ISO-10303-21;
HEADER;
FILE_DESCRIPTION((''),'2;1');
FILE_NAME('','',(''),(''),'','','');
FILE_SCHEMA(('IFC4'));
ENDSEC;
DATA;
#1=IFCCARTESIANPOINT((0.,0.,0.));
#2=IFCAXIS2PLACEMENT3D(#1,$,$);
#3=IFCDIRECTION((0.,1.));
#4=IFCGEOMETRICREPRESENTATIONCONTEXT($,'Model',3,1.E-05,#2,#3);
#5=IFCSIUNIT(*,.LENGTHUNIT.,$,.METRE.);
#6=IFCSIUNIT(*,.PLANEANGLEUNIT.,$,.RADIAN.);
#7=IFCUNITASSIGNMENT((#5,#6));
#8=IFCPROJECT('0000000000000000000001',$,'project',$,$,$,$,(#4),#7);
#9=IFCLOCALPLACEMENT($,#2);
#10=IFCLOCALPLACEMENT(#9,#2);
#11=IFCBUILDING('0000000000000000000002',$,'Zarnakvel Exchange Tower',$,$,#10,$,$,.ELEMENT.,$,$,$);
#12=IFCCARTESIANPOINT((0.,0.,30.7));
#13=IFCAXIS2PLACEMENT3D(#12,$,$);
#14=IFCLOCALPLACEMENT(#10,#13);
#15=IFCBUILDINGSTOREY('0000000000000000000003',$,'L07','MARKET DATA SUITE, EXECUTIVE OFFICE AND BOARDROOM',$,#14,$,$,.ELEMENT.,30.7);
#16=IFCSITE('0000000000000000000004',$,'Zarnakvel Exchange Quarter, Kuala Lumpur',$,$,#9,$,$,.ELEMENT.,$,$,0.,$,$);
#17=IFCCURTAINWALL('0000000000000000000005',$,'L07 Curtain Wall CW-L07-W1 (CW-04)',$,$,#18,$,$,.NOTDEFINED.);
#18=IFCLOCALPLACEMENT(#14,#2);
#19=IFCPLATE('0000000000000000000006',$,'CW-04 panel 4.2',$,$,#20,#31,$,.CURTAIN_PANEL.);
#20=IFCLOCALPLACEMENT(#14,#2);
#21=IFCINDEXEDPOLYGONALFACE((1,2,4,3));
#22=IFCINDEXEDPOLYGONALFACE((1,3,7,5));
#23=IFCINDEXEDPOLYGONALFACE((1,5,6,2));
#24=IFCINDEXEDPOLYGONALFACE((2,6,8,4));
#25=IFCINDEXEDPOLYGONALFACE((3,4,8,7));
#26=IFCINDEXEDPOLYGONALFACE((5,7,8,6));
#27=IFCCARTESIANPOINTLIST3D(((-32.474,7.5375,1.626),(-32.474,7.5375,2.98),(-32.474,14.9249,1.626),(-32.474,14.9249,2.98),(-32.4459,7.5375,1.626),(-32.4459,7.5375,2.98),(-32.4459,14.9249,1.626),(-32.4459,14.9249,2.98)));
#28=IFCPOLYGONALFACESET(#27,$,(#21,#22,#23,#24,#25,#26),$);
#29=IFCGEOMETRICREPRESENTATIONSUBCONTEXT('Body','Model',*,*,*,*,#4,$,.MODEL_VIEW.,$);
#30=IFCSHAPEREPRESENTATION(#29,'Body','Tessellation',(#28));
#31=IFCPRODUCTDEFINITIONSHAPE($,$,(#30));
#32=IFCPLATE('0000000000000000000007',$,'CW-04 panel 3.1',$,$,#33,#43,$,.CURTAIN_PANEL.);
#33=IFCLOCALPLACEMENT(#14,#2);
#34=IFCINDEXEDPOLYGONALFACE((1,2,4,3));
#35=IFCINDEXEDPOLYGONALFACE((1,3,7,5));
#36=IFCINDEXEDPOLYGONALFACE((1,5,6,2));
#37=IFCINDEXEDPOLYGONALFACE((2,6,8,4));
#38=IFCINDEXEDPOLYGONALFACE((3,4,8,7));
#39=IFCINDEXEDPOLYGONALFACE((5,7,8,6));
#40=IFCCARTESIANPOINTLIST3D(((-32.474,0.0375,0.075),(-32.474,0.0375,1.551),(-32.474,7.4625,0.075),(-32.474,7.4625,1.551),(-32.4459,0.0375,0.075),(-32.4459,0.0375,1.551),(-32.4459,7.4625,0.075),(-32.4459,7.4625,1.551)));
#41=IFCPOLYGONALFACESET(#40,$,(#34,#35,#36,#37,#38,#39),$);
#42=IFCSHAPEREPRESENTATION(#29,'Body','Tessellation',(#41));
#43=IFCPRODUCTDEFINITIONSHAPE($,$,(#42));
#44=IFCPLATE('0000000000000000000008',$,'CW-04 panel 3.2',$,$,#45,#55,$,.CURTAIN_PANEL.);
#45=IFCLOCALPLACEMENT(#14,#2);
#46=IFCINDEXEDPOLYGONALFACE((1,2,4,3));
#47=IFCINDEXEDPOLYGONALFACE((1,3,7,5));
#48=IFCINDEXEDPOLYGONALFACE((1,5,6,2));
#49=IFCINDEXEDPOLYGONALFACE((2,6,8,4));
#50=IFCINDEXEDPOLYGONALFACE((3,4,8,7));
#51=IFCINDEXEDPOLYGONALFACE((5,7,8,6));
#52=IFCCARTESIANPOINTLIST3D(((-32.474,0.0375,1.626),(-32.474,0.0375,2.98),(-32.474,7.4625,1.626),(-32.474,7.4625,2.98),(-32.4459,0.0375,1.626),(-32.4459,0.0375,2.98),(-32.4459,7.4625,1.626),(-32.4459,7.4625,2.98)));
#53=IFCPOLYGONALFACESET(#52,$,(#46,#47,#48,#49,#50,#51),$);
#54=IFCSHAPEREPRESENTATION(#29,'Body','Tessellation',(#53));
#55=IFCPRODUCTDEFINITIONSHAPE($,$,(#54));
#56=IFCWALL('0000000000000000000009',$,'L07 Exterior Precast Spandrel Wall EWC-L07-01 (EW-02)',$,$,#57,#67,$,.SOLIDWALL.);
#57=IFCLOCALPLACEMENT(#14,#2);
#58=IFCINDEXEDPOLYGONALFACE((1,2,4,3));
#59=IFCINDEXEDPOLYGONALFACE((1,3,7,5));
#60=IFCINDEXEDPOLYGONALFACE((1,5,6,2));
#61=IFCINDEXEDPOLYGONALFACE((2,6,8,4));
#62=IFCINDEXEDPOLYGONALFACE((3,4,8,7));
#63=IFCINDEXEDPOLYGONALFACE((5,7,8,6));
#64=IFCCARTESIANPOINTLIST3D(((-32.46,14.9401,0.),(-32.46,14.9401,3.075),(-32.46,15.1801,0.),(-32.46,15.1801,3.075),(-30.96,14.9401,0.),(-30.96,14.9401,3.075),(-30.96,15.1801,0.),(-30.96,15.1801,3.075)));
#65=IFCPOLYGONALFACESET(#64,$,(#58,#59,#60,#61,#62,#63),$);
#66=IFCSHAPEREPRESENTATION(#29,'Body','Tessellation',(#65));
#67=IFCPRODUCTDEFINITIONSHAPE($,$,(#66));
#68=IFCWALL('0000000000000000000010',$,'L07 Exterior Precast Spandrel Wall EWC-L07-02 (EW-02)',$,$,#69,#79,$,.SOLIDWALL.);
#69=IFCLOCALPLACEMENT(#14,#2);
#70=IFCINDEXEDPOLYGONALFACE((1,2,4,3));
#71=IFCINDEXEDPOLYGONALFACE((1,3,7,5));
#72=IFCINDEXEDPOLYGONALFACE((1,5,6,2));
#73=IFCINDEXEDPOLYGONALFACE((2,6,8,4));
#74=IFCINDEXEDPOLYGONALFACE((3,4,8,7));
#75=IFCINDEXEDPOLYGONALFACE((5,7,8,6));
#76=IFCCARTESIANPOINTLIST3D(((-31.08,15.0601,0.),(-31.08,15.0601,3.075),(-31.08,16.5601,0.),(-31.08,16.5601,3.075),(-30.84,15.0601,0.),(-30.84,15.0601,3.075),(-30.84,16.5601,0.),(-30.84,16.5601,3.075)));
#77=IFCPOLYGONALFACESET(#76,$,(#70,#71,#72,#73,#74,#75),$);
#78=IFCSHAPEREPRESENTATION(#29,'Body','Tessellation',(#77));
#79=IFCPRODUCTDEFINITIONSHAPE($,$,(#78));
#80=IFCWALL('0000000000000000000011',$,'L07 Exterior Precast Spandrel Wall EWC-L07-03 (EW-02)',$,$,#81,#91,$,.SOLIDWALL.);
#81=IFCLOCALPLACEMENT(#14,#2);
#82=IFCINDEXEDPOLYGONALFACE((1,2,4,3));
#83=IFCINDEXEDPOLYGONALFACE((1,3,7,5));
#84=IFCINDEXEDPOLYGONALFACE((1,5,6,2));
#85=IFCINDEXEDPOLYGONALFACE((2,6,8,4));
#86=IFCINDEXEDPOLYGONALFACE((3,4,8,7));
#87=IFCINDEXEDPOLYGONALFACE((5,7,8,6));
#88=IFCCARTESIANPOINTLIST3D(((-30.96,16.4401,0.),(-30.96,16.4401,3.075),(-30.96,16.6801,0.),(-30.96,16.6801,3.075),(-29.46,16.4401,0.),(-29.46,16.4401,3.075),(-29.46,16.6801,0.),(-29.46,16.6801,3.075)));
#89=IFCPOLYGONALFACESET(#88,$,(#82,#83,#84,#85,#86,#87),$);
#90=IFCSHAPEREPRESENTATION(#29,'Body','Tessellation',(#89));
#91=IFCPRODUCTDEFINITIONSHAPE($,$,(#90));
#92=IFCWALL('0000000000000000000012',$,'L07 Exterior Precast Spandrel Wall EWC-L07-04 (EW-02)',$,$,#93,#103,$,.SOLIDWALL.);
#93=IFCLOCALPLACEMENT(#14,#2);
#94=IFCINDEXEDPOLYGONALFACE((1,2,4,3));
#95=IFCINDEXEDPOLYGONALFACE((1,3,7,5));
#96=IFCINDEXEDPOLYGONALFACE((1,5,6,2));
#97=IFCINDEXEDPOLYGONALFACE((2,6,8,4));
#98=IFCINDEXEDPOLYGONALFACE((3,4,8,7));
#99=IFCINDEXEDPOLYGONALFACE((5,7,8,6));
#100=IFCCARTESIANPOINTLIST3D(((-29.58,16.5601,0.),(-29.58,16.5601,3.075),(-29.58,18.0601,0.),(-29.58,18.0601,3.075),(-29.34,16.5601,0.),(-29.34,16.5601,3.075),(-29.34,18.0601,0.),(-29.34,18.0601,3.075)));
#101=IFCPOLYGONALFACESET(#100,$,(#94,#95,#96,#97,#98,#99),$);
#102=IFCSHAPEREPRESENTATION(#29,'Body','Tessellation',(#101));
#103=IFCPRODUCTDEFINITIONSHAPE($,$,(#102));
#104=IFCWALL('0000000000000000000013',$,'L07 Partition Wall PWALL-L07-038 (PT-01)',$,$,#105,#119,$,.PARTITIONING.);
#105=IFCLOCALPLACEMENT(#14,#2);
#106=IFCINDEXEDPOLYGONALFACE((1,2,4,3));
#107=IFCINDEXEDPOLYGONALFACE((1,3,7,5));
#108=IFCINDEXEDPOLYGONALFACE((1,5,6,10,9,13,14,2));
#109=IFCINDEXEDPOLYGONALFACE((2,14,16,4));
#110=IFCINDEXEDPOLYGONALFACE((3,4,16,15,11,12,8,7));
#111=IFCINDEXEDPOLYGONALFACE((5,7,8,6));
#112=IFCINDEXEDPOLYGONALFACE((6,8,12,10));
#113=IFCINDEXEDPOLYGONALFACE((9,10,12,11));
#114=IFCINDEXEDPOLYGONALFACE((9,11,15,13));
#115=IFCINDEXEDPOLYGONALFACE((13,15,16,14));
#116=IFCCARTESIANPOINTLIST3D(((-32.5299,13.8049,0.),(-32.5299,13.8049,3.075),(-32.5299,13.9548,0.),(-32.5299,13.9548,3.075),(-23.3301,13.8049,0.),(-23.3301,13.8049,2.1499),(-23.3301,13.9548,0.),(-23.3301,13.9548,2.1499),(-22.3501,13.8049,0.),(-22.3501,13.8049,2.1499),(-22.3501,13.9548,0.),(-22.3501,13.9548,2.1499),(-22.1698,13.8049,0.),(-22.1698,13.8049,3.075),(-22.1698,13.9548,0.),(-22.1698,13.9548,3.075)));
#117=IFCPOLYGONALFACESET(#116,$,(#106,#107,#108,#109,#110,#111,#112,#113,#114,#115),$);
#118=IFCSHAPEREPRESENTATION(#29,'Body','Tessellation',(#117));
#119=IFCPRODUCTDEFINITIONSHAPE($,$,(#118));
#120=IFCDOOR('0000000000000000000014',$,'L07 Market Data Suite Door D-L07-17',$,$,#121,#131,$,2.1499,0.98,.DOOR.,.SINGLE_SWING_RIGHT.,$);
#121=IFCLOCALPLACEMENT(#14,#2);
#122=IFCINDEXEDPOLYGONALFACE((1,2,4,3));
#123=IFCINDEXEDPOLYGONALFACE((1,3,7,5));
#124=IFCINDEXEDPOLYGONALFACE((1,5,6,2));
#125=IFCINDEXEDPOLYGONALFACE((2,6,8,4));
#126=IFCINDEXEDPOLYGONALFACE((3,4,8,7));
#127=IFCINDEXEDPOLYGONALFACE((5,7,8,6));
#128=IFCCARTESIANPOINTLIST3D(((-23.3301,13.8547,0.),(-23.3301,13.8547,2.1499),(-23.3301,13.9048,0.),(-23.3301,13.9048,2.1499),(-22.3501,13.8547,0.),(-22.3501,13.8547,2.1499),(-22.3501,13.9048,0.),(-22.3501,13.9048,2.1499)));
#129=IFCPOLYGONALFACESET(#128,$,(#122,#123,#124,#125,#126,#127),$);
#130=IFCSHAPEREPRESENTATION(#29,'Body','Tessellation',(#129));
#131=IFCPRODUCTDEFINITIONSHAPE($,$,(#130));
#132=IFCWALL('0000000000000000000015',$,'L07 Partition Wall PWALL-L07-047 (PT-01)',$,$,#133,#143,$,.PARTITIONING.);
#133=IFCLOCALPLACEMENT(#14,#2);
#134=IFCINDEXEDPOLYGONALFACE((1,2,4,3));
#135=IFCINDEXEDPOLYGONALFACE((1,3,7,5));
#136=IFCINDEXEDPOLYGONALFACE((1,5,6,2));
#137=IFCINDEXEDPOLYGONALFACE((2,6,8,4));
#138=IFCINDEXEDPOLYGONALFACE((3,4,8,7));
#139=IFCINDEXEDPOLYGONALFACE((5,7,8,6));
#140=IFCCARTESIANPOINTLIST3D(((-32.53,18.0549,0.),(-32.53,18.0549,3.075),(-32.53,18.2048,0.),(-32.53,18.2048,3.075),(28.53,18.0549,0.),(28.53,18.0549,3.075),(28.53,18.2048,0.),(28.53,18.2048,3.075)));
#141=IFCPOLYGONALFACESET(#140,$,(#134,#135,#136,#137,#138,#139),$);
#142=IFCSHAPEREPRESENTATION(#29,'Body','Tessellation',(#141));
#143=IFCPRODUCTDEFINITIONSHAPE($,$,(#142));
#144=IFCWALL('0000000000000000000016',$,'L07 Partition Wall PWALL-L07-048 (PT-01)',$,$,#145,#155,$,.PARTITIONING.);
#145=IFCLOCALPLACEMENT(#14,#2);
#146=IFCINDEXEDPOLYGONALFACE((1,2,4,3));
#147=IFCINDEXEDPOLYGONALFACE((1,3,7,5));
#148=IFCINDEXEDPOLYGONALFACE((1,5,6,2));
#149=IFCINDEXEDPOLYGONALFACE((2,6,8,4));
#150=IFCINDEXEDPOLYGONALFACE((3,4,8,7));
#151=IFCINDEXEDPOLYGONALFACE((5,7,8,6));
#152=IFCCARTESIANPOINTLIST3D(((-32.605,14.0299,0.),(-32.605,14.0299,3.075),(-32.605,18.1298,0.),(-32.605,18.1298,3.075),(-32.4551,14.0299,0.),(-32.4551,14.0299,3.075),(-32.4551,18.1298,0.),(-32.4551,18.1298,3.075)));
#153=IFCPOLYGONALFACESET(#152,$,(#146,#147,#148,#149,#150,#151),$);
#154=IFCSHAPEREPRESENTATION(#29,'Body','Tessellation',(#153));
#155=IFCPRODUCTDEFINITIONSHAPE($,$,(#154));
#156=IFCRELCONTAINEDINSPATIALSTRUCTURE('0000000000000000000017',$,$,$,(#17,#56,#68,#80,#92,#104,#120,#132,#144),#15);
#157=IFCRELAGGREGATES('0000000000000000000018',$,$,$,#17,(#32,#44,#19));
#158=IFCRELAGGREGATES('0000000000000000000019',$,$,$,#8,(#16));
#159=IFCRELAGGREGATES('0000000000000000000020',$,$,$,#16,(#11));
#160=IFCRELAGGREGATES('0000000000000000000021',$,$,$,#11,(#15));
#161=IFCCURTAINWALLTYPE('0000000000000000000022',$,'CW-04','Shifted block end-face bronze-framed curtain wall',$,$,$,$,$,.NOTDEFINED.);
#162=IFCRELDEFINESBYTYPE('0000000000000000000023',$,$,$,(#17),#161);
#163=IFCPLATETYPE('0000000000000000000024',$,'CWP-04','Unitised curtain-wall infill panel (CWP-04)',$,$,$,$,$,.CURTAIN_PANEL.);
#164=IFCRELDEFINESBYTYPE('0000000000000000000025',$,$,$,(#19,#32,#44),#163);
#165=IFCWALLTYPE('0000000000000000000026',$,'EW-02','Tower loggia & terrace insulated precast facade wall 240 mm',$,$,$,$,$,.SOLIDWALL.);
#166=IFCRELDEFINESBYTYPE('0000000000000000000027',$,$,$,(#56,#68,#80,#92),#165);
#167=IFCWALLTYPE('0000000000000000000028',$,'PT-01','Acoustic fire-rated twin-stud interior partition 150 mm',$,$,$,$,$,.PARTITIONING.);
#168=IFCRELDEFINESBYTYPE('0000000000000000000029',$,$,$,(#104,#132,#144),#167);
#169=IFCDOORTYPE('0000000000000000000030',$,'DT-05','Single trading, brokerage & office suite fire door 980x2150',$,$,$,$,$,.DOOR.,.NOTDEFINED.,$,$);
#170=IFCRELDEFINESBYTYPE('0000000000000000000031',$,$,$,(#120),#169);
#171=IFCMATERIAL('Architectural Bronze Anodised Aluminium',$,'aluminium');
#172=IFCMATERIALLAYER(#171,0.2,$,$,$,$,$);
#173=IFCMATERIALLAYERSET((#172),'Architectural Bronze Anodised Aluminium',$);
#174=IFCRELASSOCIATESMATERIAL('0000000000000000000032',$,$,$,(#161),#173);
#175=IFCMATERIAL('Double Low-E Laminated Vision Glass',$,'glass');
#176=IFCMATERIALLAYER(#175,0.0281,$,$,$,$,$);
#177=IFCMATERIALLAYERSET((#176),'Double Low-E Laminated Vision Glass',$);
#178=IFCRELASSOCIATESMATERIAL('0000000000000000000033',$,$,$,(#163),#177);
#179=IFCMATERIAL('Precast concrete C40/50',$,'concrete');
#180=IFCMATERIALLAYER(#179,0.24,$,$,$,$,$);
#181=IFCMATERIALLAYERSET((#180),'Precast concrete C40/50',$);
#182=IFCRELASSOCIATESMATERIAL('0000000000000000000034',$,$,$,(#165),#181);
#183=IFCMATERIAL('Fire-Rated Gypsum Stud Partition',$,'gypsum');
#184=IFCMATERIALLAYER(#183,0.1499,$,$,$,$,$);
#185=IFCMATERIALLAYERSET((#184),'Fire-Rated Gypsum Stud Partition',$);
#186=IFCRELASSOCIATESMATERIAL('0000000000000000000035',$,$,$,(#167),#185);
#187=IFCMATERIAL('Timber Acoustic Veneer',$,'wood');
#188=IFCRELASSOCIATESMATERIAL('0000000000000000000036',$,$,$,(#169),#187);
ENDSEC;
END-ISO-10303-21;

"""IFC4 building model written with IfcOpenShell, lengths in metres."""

from ifc_helpers import new_model, si_unit, direction, frame, frame_2d, origin, origin_2d, place, context, subcontext, project, spatial, rectangle, extrude, source, transform, mapped, material, layer, layer_set, type_object, element, fill, aggregate, save


model = new_model("IFC4")

# Units and contexts
model_context = context("Model", 3, precision=1e-05, world=origin(), true_north=direction((0.0, 1.0)))
body_context = subcontext(model_context, "Body", "Model", "MODEL_VIEW")
ifc_project = project(units=[si_unit("LENGTHUNIT", "METRE"), si_unit("PLANEANGLEUNIT", "RADIAN")], contexts=[model_context])

# Site, building, storey
site_placement = place(None, origin())
site = spatial("IfcSite", under=ifc_project, at=site_placement, Name="Zarnakvel Exchange Quarter, Kuala Lumpur", CompositionType="ELEMENT", RefElevation=0.0)
building_placement = place(site_placement, origin())
building = spatial("IfcBuilding", under=site, at=building_placement, Name="Zarnakvel Exchange Tower", CompositionType="ELEMENT")
storey_placement = place(building_placement, frame((0.0, 0.0, 30.7)))
storey = spatial("IfcBuildingStorey", under=building, at=storey_placement, Name="L07", Description="MARKET DATA SUITE, EXECUTIVE OFFICE AND BOARDROOM", CompositionType="ELEMENT", Elevation=30.7)

# Curtain wall
ifc_material_1 = material(Name="Architectural Bronze Anodised Aluminium", Category="aluminium")
ifc_layer_1 = layer(ifc_material_1, 0.2)
ifc_layer_set_1 = layer_set([ifc_layer_1], Name="Architectural Bronze Anodised Aluminium")
curtain_wall_type_1 = type_object("IfcCurtainWallType", Name="CW-04", Description="Shifted block end-face bronze-framed curtain wall", PredefinedType="NOTDEFINED", material=ifc_layer_set_1)
curtain_wall_1_placement = place(storey_placement, origin())
curtain_wall_1 = element("IfcCurtainWall", 1, at=curtain_wall_1_placement, inside=storey, type_object=curtain_wall_type_1, Name="L07 Curtain Wall CW-L07-W1 (CW-04)", PredefinedType="NOTDEFINED")

# Plates
ifc_material_2 = material(Name="Double Low-E Laminated Vision Glass", Category="glass")
ifc_layer_2 = layer(ifc_material_2, 0.0281)
ifc_layer_set_2 = layer_set([ifc_layer_2], Name="Double Low-E Laminated Vision Glass")
plate_type_1 = type_object("IfcPlateType", Name="CWP-04", Description="Unitised curtain-wall infill panel (CWP-04)", PredefinedType="CURTAIN_PANEL", material=ifc_layer_set_2)
shared_shape_1 = source(origin(), body_context, "Body", "SweptSolid", [
    extrude(rectangle(XDim=7.3875, YDim=0.0281, at=origin_2d()), origin(), (0.0, 0.0, 1.0), 1.354),
])
plate_1_placement = place(storey_placement, frame((-32.46, 11.2312, 1.626), z_axis=(0.0, 0.0, 1.0), x_axis=(0.0, 1.0, 0.0)))
plate_1 = element("IfcPlate", 2, at=plate_1_placement, type_object=plate_type_1, Name="CW-04 panel 4.2", PredefinedType="CURTAIN_PANEL", context=body_context, shape_type="MappedRepresentation", body=[
    mapped(shared_shape_1, transform((0.0, 0.0, 0.0), x_axis=(1.0, 0.0, 0.0), y_axis=(0.0, 1.0, 0.0), z_axis=(0.0, 0.0, 1.0), scale=1.0)),
])
shared_shape_2 = source(origin(), body_context, "Body", "SweptSolid", [
    extrude(rectangle(XDim=7.425, YDim=0.0281, at=origin_2d()), origin(), (0.0, 0.0, 1.0), 1.4761),
])
plate_2_placement = place(storey_placement, frame((-32.46, 3.75, 0.075), z_axis=(0.0, 0.0, 1.0), x_axis=(0.0, 1.0, 0.0)))
plate_2 = element("IfcPlate", 3, at=plate_2_placement, type_object=plate_type_1, Name="CW-04 panel 3.1", PredefinedType="CURTAIN_PANEL", context=body_context, shape_type="MappedRepresentation", body=[
    mapped(shared_shape_2, transform((0.0, 0.0, 0.0), x_axis=(1.0, 0.0, 0.0), y_axis=(0.0, 1.0, 0.0), z_axis=(0.0, 0.0, 1.0), scale=1.0)),
])
shared_shape_3 = source(origin(), body_context, "Body", "SweptSolid", [
    extrude(rectangle(XDim=7.425, YDim=0.0281, at=origin_2d()), origin(), (0.0, 0.0, 1.0), 1.354),
])
plate_3_placement = place(storey_placement, frame((-32.46, 3.75, 1.626), z_axis=(0.0, 0.0, 1.0), x_axis=(0.0, 1.0, 0.0)))
plate_3 = element("IfcPlate", 4, at=plate_3_placement, type_object=plate_type_1, Name="CW-04 panel 3.2", PredefinedType="CURTAIN_PANEL", context=body_context, shape_type="MappedRepresentation", body=[
    mapped(shared_shape_3, transform((0.0, 0.0, 0.0), x_axis=(1.0, 0.0, 0.0), y_axis=(0.0, 1.0, 0.0), z_axis=(0.0, 0.0, 1.0), scale=1.0)),
])
aggregate(curtain_wall_1, [plate_2, plate_3, plate_1])

# Walls
ifc_material_3 = material(Name="Precast concrete C40/50", Category="concrete")
ifc_layer_3 = layer(ifc_material_3, 0.24)
ifc_layer_set_3 = layer_set([ifc_layer_3], Name="Precast concrete C40/50")
wall_type_1 = type_object("IfcWallType", Name="EW-02", Description="Tower loggia & terrace insulated precast facade wall 240 mm", PredefinedType="SOLIDWALL", material=ifc_layer_set_3)
for number, where, z_axis, x_axis, name in (
    (5, (-30.96, 15.0601, 0.0), (0.0, 0.0, 1.0), (-1.0, 0.0, 0.0), "L07 Exterior Precast Spandrel Wall EWC-L07-01 (EW-02)"),
    (6, (-30.96, 16.5601, 0.0), (0.0, 0.0, 1.0), (0.0, -1.0, 0.0), "L07 Exterior Precast Spandrel Wall EWC-L07-02 (EW-02)"),
    (7, (-29.46, 16.5601, 0.0), (0.0, 0.0, 1.0), (-1.0, 0.0, 0.0), "L07 Exterior Precast Spandrel Wall EWC-L07-03 (EW-02)"),
    (8, (-29.46, 18.0601, 0.0), (0.0, 0.0, 1.0), (0.0, -1.0, 0.0), "L07 Exterior Precast Spandrel Wall EWC-L07-04 (EW-02)"),
):
    element("IfcWall", number, at=place(storey_placement, frame(where, z_axis=z_axis, x_axis=x_axis)), inside=storey, type_object=wall_type_1, Name=name, PredefinedType="SOLIDWALL", context=body_context, shape_type="SweptSolid", body=[
        extrude(rectangle(XDim=1.5, YDim=0.24, at=frame_2d((0.75, 0.0))), origin(), (0.0, 0.0, 1.0), 3.075),
    ])

# Wall, opening, door
ifc_material_4 = material(Name="Fire-Rated Gypsum Stud Partition", Category="gypsum")
ifc_layer_4 = layer(ifc_material_4, 0.1499)
ifc_layer_set_4 = layer_set([ifc_layer_4], Name="Fire-Rated Gypsum Stud Partition")
wall_type_2 = type_object("IfcWallType", Name="PT-01", Description="Acoustic fire-rated twin-stud interior partition 150 mm", PredefinedType="PARTITIONING", material=ifc_layer_set_4)
wall_1_placement = place(storey_placement, frame((-32.53, 13.8799, 0.0), z_axis=(0.0, 0.0, 1.0), x_axis=(1.0, 0.0, 0.0)))
wall_1 = element("IfcWall", 9, at=wall_1_placement, inside=storey, type_object=wall_type_2, Name="L07 Partition Wall PWALL-L07-038 (PT-01)", PredefinedType="PARTITIONING", context=body_context, shape_type="SweptSolid", body=[
    extrude(rectangle(XDim=10.3601, YDim=0.1499, at=frame_2d((5.1802, 0.0))), origin(), (0.0, 0.0, 1.0), 3.075),
])
opening_placement = place(wall_1_placement, frame((9.2, 0.0, 0.0)))
opening = element("IfcOpeningElement", 10, at=opening_placement, cuts=wall_1, PredefinedType="OPENING", context=body_context, shape_type="SweptSolid", body=[
    extrude(rectangle(XDim=0.98, YDim=2.1499, at=frame_2d((0.49, 1.075))), frame((0.0, 0.085, 0.0), z_axis=(0.0, -1.0, 0.0), x_axis=(1.0, 0.0, 0.0)), (0.0, 0.0, 1.0), 0.1699),
])
ifc_material_5 = material(Name="Timber Acoustic Veneer", Category="wood")
door_type = type_object("IfcDoorType", Name="DT-05", Description="Single trading, brokerage & office suite fire door 980x2150", OperationType="NOTDEFINED", PredefinedType="DOOR", material=ifc_material_5)
shared_shape_4 = source(origin(), body_context, "Body", "SweptSolid", [
    extrude(rectangle(XDim=0.98, YDim=2.1499, at=frame_2d((0.49, 1.075))), frame((0.0, 0.0249, 0.0), z_axis=(0.0, -1.0, 0.0), x_axis=(1.0, 0.0, 0.0)), (0.0, 0.0, 1.0), 0.05),
])
door_placement = place(opening_placement, origin())
door = element("IfcDoor", 11, at=door_placement, inside=storey, type_object=door_type, Name="L07 Market Data Suite Door D-L07-17", OperationType="SINGLE_SWING_RIGHT", OverallHeight=2.1499, OverallWidth=0.98, PredefinedType="DOOR", context=body_context, shape_type="MappedRepresentation", body=[
    mapped(shared_shape_4, transform((0.0, 0.0, 0.0), x_axis=(1.0, 0.0, 0.0), y_axis=(0.0, 1.0, 0.0), z_axis=(0.0, 0.0, 1.0), scale=1.0)),
])
fill(opening, door)

# Walls
wall_2_placement = place(storey_placement, frame((-32.53, 18.1299, 0.0), z_axis=(0.0, 0.0, 1.0), x_axis=(1.0, 0.0, 0.0)))
element("IfcWall", 12, at=wall_2_placement, inside=storey, type_object=wall_type_2, Name="L07 Partition Wall PWALL-L07-047 (PT-01)", PredefinedType="PARTITIONING", context=body_context, shape_type="SweptSolid", body=[
    extrude(rectangle(XDim=61.0601, YDim=0.1499, at=frame_2d((30.53, 0.0))), origin(), (0.0, 0.0, 1.0), 3.075),
])
wall_3_placement = place(storey_placement, frame((-32.53, 14.03, 0.0), z_axis=(0.0, 0.0, 1.0), x_axis=(0.0, 1.0, 0.0)))
element("IfcWall", 13, at=wall_3_placement, inside=storey, type_object=wall_type_2, Name="L07 Partition Wall PWALL-L07-048 (PT-01)", PredefinedType="PARTITIONING", context=body_context, shape_type="SweptSolid", body=[
    extrude(rectangle(XDim=4.0999, YDim=0.1499, at=frame_2d((2.0498, 0.0))), origin(), (0.0, 0.0, 1.0), 3.075),
])

save(model, "model.ifc")
